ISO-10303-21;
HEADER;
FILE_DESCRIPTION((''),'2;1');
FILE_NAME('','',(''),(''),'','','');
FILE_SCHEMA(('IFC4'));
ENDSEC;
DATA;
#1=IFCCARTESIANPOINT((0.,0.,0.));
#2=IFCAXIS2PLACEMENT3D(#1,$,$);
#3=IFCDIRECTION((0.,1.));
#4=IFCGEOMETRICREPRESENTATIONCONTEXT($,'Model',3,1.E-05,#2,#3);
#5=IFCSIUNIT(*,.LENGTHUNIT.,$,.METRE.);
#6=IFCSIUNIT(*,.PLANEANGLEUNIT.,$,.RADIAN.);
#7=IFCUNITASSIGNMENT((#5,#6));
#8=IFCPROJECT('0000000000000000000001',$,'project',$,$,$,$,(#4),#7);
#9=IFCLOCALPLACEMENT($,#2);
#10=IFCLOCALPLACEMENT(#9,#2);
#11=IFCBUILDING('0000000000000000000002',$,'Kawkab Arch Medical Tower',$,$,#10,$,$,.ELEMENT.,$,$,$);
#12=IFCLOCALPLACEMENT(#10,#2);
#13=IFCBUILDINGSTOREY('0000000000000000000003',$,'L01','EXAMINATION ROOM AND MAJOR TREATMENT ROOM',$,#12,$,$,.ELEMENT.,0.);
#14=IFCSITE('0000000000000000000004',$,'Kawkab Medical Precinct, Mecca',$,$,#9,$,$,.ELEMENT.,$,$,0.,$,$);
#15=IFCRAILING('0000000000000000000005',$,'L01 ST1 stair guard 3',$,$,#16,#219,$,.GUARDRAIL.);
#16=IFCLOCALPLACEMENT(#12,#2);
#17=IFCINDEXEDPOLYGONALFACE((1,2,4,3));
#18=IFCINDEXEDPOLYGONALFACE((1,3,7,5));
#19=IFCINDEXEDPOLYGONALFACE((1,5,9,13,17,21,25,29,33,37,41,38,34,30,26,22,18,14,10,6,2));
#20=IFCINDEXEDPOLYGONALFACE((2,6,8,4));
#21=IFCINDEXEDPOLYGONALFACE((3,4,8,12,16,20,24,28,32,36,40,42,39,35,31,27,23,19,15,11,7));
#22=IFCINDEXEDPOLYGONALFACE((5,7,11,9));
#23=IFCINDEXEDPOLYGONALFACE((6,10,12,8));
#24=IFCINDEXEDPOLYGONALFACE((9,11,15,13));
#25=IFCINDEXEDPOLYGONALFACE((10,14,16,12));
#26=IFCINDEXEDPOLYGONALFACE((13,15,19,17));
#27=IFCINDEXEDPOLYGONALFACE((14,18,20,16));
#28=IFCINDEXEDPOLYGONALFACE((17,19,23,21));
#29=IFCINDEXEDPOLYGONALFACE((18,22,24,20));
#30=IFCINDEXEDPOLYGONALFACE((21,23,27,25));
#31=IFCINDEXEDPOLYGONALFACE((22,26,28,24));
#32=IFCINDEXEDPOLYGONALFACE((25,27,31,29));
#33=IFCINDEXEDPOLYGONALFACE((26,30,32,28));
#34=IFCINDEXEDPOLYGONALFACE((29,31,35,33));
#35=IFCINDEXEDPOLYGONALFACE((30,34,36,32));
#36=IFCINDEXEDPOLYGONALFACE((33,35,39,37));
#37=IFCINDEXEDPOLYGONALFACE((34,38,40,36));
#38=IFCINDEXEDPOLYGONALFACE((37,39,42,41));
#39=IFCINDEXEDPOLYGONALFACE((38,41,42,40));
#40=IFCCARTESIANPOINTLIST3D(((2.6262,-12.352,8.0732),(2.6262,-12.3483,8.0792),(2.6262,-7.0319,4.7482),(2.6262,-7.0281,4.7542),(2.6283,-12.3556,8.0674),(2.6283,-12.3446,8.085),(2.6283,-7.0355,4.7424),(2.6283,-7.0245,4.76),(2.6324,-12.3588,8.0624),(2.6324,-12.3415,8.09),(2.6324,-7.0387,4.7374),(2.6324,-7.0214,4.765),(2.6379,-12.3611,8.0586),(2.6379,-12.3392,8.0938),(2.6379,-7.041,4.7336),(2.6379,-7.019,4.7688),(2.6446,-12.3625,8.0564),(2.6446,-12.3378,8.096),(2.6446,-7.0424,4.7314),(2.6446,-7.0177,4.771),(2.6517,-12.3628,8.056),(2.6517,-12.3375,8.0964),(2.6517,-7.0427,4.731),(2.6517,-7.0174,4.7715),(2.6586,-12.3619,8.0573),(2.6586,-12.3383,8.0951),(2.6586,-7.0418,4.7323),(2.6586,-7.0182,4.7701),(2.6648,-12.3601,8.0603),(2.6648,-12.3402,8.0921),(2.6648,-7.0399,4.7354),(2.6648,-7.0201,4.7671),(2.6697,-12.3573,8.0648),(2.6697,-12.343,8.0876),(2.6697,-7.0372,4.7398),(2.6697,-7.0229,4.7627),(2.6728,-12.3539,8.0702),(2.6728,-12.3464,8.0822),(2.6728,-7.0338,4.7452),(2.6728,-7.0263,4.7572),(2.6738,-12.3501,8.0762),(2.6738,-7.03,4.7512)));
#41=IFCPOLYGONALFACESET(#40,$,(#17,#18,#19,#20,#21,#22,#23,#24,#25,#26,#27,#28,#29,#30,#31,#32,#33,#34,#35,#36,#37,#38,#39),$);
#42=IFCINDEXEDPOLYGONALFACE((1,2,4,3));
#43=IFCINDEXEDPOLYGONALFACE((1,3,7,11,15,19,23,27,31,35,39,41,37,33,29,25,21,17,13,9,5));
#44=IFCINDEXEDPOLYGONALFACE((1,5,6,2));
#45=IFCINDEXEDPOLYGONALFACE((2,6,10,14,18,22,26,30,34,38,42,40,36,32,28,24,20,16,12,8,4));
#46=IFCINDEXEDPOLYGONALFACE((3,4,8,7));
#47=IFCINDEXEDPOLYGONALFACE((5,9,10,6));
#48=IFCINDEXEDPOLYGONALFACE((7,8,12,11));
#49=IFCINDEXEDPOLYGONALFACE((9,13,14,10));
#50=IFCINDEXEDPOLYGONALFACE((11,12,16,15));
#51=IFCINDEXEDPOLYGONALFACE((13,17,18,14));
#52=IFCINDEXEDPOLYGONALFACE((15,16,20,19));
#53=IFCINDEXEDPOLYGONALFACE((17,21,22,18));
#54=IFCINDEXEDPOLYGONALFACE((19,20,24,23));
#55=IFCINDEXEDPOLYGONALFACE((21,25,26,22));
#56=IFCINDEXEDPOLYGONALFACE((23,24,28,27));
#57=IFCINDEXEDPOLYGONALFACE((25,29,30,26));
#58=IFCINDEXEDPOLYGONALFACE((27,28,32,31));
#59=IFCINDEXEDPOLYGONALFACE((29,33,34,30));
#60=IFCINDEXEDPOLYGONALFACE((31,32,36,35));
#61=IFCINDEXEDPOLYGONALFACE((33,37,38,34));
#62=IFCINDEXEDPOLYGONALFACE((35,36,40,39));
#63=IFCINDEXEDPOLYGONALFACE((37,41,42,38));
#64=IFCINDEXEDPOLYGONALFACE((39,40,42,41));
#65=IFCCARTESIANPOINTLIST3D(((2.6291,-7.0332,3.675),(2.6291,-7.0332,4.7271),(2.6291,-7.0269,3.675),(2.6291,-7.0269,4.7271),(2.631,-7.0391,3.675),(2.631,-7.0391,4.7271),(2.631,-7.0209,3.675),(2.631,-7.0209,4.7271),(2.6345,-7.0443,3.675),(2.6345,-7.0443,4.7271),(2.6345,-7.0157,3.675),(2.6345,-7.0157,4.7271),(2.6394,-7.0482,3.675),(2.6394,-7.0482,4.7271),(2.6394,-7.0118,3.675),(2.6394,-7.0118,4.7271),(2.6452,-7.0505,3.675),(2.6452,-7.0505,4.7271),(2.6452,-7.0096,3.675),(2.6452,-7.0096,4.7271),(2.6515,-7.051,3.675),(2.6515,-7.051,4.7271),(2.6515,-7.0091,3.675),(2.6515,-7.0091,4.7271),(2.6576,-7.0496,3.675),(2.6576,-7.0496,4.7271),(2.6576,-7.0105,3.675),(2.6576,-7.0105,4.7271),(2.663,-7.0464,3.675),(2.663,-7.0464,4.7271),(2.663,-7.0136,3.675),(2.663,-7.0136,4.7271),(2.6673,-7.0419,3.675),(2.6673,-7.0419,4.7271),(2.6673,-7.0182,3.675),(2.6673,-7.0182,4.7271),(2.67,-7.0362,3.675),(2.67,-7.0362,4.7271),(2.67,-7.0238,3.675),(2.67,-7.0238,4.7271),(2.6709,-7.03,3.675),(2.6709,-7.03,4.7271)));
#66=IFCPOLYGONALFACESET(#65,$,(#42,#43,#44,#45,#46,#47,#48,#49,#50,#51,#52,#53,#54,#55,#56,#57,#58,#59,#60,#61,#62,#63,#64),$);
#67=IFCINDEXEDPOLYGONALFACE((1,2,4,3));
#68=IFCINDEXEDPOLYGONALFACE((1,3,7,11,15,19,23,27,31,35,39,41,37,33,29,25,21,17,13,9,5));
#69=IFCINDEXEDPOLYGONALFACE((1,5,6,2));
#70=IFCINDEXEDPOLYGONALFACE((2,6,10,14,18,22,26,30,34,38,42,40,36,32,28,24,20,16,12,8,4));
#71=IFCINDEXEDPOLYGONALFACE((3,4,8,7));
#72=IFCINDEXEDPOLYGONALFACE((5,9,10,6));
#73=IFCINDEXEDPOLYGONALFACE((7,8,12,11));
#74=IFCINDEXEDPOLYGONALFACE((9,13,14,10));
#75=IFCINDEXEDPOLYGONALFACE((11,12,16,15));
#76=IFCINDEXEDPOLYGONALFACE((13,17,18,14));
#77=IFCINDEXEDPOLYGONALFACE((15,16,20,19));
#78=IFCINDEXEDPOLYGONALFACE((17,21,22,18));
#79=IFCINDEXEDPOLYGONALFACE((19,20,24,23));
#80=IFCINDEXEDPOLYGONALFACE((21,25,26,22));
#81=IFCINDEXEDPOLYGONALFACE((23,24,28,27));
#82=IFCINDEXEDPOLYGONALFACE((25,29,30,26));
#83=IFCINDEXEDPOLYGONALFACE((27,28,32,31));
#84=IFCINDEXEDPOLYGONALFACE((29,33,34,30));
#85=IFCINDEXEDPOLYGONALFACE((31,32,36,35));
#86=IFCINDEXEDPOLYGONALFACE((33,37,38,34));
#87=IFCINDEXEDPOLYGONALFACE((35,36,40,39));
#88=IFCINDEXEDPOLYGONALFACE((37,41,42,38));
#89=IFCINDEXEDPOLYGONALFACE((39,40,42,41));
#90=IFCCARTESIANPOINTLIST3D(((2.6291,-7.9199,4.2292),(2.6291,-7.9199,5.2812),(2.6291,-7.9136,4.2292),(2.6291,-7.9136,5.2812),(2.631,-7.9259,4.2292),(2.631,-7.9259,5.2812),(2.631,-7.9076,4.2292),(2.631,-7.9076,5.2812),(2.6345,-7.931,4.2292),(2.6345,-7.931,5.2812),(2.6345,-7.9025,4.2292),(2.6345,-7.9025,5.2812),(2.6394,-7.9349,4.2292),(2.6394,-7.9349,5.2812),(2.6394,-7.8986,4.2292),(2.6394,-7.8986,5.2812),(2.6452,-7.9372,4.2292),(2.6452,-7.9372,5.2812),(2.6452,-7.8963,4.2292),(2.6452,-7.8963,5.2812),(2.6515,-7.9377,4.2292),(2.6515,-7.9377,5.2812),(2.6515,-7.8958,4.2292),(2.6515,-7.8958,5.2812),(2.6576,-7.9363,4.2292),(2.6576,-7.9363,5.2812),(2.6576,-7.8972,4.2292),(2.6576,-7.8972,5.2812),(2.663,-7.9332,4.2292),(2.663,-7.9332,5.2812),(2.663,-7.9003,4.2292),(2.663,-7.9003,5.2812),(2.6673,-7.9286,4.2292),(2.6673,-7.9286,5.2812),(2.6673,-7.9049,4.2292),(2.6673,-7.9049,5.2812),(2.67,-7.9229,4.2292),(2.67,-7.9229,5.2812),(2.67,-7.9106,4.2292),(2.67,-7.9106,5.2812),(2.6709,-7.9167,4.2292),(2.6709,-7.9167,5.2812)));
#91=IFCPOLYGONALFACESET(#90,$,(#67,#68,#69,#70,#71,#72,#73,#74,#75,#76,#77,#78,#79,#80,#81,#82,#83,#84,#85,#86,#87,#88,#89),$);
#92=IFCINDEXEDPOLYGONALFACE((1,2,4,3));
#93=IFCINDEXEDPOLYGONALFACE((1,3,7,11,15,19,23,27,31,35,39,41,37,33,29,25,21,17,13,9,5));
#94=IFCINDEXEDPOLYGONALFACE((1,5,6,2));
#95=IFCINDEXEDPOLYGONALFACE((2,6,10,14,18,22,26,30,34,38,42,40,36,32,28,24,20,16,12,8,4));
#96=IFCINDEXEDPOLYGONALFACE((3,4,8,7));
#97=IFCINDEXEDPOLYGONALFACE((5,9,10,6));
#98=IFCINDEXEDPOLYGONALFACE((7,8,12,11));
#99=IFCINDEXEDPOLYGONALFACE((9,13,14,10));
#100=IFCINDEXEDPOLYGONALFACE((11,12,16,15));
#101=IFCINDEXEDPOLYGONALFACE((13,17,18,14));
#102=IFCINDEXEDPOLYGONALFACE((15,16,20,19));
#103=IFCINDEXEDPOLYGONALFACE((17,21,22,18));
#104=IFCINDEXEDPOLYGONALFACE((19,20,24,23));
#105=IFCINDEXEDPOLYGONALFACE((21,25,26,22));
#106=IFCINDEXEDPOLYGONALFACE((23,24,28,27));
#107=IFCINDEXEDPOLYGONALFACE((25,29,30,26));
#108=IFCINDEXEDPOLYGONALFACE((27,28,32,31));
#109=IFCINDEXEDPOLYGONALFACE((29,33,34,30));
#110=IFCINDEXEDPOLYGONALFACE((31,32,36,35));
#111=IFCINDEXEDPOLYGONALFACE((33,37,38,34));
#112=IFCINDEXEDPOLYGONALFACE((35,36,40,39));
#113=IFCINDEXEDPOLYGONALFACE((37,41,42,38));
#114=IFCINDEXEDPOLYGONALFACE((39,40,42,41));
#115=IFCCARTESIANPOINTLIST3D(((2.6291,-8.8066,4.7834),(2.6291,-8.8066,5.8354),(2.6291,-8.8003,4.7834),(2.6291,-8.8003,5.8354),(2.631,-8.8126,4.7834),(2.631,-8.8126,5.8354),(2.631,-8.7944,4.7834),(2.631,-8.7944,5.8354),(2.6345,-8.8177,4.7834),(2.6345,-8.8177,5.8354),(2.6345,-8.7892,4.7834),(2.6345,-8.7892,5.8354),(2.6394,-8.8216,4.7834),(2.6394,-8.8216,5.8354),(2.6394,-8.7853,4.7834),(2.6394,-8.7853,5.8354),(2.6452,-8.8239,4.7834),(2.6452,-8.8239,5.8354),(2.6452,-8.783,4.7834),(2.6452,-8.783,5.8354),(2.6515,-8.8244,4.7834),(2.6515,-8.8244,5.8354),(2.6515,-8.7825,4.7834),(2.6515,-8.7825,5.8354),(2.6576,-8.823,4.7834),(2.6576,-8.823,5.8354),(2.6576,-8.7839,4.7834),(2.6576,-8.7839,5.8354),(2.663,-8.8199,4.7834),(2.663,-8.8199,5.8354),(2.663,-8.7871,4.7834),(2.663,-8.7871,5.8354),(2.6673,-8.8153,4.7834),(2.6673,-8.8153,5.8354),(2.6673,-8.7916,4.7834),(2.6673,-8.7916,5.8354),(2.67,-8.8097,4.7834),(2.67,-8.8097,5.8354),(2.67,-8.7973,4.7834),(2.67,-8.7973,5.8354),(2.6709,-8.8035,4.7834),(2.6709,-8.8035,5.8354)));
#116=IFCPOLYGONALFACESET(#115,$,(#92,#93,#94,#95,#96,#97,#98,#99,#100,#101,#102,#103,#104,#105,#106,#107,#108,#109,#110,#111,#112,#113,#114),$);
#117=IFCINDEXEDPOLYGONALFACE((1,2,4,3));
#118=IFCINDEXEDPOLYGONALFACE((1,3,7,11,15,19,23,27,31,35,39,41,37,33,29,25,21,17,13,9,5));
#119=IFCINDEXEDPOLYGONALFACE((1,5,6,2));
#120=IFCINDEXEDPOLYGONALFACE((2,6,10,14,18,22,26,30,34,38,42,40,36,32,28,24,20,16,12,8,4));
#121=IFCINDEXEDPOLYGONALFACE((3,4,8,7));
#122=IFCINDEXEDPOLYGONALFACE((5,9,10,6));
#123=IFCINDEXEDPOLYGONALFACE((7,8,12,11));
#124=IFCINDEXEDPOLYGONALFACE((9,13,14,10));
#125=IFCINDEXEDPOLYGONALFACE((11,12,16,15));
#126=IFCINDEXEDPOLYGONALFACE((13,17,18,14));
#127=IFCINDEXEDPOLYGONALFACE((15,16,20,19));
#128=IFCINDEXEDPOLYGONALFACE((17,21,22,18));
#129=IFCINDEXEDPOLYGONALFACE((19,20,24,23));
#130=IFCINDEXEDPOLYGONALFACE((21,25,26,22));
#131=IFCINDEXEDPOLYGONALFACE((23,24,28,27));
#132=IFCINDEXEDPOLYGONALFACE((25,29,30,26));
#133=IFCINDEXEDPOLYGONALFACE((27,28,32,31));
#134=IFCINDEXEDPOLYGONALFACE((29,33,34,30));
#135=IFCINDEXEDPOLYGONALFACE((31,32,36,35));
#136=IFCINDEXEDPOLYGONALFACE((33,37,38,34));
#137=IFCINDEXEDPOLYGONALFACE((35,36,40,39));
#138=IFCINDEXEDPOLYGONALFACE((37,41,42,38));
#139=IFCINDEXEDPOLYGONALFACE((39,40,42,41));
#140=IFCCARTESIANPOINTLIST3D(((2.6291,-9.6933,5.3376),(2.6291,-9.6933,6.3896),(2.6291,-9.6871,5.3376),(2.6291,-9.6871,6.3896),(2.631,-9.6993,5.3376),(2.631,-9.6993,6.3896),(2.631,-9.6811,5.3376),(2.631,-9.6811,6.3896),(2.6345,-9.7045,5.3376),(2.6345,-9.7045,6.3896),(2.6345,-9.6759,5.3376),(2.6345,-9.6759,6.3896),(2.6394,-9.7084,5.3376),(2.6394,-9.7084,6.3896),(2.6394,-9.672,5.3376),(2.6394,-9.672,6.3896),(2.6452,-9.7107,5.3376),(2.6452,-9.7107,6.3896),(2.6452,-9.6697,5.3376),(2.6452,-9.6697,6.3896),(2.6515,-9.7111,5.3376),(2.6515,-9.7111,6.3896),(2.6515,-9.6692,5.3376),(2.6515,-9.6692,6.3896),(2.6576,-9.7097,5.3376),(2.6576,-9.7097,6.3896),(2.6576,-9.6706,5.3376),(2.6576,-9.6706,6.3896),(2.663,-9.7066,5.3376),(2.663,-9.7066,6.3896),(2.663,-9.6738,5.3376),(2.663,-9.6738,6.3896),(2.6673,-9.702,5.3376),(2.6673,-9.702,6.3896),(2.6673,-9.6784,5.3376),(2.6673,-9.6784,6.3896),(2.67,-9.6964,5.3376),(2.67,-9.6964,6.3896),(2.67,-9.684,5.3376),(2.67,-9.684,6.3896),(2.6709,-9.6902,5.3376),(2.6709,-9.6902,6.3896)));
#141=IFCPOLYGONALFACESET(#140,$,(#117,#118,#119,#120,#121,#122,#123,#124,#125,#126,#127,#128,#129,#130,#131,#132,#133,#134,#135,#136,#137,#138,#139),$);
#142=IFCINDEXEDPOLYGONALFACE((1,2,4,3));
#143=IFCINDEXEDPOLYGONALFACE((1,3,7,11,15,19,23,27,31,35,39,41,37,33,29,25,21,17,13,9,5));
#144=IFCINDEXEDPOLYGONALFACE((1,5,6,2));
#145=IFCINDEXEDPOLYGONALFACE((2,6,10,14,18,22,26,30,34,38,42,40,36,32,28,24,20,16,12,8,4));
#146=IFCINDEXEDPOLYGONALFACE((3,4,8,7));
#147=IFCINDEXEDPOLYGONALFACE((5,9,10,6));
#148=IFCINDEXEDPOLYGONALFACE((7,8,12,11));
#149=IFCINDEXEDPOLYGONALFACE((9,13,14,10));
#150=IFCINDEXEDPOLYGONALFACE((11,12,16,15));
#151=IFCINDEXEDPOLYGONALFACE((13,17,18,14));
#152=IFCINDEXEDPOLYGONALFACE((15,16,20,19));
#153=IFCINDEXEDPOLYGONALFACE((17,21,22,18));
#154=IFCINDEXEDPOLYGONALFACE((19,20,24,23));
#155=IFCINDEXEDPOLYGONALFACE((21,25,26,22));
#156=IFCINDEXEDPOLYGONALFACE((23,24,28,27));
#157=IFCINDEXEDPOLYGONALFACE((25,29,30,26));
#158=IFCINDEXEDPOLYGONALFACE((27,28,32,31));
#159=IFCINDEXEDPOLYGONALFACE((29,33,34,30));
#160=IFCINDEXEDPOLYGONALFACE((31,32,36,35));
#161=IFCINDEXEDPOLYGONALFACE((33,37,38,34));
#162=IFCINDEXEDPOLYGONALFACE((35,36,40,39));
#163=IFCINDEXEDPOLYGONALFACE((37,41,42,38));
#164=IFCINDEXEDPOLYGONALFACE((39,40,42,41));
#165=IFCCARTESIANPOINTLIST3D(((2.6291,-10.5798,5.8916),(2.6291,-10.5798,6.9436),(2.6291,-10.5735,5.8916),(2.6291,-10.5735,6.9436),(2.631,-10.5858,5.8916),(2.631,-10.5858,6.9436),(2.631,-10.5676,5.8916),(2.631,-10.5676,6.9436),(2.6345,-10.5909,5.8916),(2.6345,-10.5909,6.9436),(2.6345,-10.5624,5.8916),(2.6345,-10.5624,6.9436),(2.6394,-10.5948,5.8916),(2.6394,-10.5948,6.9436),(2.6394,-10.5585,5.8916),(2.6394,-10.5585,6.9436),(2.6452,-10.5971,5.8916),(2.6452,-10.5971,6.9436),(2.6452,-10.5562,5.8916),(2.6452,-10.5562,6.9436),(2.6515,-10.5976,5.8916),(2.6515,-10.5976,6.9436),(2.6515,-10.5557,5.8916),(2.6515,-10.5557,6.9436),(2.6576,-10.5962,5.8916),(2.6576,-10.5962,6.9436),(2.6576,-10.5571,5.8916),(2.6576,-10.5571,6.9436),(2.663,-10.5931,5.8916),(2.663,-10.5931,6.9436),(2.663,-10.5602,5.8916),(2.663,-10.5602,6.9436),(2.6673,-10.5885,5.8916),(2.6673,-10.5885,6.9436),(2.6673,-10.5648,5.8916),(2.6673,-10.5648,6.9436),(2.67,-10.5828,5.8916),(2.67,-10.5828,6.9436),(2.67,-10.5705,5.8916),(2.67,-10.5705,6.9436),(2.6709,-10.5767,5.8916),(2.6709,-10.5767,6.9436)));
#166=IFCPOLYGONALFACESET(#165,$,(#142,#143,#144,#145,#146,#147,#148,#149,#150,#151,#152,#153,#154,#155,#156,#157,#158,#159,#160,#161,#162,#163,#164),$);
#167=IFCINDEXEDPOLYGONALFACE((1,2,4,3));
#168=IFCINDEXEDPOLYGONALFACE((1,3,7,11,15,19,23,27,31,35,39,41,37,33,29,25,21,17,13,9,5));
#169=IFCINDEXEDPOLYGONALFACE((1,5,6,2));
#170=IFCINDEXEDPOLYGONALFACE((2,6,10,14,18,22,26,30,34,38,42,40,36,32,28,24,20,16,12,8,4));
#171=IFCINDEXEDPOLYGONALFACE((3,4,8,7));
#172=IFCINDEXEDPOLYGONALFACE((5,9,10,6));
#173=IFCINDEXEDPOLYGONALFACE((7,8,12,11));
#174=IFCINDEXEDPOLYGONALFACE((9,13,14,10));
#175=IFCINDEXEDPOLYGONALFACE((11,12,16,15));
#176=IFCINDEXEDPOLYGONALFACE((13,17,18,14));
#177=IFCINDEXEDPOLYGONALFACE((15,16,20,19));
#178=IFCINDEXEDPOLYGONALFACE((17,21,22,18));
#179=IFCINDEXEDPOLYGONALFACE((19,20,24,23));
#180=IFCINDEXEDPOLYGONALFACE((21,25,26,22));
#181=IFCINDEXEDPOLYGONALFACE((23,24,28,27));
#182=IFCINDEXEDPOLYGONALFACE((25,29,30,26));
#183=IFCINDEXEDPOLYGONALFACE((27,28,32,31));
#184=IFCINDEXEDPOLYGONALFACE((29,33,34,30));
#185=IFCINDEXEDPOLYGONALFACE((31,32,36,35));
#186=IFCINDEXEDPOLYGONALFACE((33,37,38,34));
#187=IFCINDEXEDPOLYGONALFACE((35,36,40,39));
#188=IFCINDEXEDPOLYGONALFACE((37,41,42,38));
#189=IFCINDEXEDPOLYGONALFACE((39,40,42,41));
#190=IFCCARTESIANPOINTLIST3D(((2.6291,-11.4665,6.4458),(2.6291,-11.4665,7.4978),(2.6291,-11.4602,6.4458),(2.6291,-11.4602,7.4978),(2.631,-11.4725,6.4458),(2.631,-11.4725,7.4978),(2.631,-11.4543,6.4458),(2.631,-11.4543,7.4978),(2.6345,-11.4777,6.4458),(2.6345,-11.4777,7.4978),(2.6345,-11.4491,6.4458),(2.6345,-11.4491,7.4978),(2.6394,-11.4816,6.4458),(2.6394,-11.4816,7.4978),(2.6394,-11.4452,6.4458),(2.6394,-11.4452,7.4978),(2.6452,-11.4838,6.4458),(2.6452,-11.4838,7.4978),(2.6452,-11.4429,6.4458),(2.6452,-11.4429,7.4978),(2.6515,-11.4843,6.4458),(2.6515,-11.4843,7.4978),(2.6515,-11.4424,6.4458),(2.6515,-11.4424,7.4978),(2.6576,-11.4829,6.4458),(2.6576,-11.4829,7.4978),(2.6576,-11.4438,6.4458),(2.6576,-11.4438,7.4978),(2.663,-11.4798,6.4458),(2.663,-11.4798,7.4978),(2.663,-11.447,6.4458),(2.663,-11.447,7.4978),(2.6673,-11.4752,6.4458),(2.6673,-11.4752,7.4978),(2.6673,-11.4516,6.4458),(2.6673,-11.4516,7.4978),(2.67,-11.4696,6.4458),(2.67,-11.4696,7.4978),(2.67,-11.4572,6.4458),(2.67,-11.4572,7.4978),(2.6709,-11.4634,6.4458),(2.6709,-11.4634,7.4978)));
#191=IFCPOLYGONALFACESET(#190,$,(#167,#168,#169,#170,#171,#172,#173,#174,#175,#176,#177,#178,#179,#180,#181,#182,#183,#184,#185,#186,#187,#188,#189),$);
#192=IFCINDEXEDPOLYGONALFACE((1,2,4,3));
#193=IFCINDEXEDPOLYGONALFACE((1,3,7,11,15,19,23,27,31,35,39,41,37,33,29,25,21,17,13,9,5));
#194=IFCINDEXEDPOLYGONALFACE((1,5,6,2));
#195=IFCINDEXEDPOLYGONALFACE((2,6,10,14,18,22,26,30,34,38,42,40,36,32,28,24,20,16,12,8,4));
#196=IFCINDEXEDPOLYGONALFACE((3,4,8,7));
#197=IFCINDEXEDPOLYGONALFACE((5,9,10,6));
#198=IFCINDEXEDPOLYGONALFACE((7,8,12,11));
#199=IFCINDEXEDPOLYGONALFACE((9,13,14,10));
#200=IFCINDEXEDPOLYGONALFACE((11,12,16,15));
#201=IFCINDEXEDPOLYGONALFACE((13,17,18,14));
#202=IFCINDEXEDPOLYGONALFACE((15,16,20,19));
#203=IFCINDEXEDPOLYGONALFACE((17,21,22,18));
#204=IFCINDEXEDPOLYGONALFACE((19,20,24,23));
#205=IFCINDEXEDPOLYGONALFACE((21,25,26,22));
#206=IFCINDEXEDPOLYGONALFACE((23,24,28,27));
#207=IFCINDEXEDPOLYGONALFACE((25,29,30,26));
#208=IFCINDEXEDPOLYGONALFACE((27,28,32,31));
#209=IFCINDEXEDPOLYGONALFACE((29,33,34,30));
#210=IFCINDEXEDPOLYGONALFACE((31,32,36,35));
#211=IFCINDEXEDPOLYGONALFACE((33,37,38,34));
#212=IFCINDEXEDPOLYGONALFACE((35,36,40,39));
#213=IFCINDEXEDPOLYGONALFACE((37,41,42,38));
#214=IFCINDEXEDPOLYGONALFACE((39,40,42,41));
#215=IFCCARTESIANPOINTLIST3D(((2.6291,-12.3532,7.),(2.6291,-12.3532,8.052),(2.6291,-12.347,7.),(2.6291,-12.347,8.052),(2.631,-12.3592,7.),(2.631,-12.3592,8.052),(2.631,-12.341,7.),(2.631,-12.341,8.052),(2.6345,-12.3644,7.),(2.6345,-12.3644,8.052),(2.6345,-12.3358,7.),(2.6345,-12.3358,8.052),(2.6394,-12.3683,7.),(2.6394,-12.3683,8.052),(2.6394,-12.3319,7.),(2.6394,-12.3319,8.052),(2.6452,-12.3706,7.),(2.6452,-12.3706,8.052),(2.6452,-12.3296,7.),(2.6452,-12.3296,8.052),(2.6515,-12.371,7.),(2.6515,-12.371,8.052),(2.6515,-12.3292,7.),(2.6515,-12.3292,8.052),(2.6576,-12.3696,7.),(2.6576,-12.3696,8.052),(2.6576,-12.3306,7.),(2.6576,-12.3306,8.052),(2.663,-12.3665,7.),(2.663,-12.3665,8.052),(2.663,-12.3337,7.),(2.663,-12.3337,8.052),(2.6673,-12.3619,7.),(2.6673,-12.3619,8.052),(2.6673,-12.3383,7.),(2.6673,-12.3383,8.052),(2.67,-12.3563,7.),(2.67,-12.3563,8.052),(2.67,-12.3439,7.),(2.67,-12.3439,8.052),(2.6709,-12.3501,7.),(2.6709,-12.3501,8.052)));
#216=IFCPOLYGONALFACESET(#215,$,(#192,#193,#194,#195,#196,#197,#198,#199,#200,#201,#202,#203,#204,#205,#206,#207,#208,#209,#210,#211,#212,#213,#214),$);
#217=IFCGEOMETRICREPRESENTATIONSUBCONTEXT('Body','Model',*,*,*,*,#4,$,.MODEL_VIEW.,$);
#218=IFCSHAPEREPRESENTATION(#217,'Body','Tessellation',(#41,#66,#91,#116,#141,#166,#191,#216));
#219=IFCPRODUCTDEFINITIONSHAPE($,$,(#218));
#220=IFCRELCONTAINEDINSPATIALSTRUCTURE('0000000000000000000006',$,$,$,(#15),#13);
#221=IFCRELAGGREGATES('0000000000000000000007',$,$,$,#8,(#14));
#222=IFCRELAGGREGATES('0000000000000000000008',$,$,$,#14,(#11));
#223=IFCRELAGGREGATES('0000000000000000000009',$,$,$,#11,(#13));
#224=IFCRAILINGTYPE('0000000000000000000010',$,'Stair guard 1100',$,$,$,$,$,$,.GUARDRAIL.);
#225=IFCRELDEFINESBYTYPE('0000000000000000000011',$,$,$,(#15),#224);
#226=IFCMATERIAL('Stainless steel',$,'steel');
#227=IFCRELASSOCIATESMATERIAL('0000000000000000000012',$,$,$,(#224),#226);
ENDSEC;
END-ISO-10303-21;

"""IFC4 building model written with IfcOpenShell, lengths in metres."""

from ifc_helpers import new_model, si_unit, direction, frame, origin, origin_2d, place, context, subcontext, project, spatial, circle, extrude, material, type_object, element, save


model = new_model("IFC4")

# Units and contexts
model_context = context("Model", 3, precision=1e-05, world=origin(), true_north=direction((0.0, 1.0)))
body_context = subcontext(model_context, "Body", "Model", "MODEL_VIEW")
ifc_project = project(units=[si_unit("LENGTHUNIT", "METRE"), si_unit("PLANEANGLEUNIT", "RADIAN")], contexts=[model_context])

# Site, building, storey
site_placement = place(None, origin())
site = spatial("IfcSite", under=ifc_project, at=site_placement, Name="Kawkab Medical Precinct, Mecca", CompositionType="ELEMENT", RefElevation=0.0)
building_placement = place(site_placement, origin())
building = spatial("IfcBuilding", under=site, at=building_placement, Name="Kawkab Arch Medical Tower", CompositionType="ELEMENT")
storey_placement = place(building_placement, origin())
storey = spatial("IfcBuildingStorey", under=building, at=storey_placement, Name="L01", Description="EXAMINATION ROOM AND MAJOR TREATMENT ROOM", CompositionType="ELEMENT", Elevation=0.0)

# Railing
ifc_material_1 = material(Name="Stainless steel", Category="steel")
railing_type = type_object("IfcRailingType", Name="Stair guard 1100", PredefinedType="GUARDRAIL", material=ifc_material_1)
railing_1_placement = place(storey_placement, frame((2.6499, -7.03, 3.675)))
element("IfcRailing", 1, at=railing_1_placement, inside=storey, type_object=railing_type, Name="L01 ST1 stair guard 3", PredefinedType="GUARDRAIL", context=body_context, shape_type="SweptSolid", body=[
    extrude(circle(Radius=0.0239, at=origin_2d()), frame((0.0, 0.0, 1.0762), z_axis=(0.0, -0.848005, 0.529988), x_axis=(1.0, 0.0, 0.0)), (0.0, 0.0, 1.0), 6.2737),
    extrude(circle(Radius=0.021, at=origin_2d()), origin(), (0.0, 0.0, 1.0), 1.052),
    extrude(circle(Radius=0.021, at=origin_2d()), frame((0.0, -0.8867, 0.5542)), (0.0, 0.0, 1.0), 1.052),
    extrude(circle(Radius=0.021, at=origin_2d()), frame((0.0, -1.7734, 1.1084)), (0.0, 0.0, 1.0), 1.052),
    extrude(circle(Radius=0.021, at=origin_2d()), frame((0.0, -2.6602, 1.6626)), (0.0, 0.0, 1.0), 1.052),
    extrude(circle(Radius=0.021, at=origin_2d()), frame((0.0, -3.5466, 2.2166)), (0.0, 0.0, 1.0), 1.052),
    extrude(circle(Radius=0.021, at=origin_2d()), frame((0.0, -4.4333, 2.7708)), (0.0, 0.0, 1.0), 1.052),
    extrude(circle(Radius=0.021, at=origin_2d()), frame((0.0, -5.3201, 3.325)), (0.0, 0.0, 1.0), 1.052),
])

save(model, "model.ifc")
